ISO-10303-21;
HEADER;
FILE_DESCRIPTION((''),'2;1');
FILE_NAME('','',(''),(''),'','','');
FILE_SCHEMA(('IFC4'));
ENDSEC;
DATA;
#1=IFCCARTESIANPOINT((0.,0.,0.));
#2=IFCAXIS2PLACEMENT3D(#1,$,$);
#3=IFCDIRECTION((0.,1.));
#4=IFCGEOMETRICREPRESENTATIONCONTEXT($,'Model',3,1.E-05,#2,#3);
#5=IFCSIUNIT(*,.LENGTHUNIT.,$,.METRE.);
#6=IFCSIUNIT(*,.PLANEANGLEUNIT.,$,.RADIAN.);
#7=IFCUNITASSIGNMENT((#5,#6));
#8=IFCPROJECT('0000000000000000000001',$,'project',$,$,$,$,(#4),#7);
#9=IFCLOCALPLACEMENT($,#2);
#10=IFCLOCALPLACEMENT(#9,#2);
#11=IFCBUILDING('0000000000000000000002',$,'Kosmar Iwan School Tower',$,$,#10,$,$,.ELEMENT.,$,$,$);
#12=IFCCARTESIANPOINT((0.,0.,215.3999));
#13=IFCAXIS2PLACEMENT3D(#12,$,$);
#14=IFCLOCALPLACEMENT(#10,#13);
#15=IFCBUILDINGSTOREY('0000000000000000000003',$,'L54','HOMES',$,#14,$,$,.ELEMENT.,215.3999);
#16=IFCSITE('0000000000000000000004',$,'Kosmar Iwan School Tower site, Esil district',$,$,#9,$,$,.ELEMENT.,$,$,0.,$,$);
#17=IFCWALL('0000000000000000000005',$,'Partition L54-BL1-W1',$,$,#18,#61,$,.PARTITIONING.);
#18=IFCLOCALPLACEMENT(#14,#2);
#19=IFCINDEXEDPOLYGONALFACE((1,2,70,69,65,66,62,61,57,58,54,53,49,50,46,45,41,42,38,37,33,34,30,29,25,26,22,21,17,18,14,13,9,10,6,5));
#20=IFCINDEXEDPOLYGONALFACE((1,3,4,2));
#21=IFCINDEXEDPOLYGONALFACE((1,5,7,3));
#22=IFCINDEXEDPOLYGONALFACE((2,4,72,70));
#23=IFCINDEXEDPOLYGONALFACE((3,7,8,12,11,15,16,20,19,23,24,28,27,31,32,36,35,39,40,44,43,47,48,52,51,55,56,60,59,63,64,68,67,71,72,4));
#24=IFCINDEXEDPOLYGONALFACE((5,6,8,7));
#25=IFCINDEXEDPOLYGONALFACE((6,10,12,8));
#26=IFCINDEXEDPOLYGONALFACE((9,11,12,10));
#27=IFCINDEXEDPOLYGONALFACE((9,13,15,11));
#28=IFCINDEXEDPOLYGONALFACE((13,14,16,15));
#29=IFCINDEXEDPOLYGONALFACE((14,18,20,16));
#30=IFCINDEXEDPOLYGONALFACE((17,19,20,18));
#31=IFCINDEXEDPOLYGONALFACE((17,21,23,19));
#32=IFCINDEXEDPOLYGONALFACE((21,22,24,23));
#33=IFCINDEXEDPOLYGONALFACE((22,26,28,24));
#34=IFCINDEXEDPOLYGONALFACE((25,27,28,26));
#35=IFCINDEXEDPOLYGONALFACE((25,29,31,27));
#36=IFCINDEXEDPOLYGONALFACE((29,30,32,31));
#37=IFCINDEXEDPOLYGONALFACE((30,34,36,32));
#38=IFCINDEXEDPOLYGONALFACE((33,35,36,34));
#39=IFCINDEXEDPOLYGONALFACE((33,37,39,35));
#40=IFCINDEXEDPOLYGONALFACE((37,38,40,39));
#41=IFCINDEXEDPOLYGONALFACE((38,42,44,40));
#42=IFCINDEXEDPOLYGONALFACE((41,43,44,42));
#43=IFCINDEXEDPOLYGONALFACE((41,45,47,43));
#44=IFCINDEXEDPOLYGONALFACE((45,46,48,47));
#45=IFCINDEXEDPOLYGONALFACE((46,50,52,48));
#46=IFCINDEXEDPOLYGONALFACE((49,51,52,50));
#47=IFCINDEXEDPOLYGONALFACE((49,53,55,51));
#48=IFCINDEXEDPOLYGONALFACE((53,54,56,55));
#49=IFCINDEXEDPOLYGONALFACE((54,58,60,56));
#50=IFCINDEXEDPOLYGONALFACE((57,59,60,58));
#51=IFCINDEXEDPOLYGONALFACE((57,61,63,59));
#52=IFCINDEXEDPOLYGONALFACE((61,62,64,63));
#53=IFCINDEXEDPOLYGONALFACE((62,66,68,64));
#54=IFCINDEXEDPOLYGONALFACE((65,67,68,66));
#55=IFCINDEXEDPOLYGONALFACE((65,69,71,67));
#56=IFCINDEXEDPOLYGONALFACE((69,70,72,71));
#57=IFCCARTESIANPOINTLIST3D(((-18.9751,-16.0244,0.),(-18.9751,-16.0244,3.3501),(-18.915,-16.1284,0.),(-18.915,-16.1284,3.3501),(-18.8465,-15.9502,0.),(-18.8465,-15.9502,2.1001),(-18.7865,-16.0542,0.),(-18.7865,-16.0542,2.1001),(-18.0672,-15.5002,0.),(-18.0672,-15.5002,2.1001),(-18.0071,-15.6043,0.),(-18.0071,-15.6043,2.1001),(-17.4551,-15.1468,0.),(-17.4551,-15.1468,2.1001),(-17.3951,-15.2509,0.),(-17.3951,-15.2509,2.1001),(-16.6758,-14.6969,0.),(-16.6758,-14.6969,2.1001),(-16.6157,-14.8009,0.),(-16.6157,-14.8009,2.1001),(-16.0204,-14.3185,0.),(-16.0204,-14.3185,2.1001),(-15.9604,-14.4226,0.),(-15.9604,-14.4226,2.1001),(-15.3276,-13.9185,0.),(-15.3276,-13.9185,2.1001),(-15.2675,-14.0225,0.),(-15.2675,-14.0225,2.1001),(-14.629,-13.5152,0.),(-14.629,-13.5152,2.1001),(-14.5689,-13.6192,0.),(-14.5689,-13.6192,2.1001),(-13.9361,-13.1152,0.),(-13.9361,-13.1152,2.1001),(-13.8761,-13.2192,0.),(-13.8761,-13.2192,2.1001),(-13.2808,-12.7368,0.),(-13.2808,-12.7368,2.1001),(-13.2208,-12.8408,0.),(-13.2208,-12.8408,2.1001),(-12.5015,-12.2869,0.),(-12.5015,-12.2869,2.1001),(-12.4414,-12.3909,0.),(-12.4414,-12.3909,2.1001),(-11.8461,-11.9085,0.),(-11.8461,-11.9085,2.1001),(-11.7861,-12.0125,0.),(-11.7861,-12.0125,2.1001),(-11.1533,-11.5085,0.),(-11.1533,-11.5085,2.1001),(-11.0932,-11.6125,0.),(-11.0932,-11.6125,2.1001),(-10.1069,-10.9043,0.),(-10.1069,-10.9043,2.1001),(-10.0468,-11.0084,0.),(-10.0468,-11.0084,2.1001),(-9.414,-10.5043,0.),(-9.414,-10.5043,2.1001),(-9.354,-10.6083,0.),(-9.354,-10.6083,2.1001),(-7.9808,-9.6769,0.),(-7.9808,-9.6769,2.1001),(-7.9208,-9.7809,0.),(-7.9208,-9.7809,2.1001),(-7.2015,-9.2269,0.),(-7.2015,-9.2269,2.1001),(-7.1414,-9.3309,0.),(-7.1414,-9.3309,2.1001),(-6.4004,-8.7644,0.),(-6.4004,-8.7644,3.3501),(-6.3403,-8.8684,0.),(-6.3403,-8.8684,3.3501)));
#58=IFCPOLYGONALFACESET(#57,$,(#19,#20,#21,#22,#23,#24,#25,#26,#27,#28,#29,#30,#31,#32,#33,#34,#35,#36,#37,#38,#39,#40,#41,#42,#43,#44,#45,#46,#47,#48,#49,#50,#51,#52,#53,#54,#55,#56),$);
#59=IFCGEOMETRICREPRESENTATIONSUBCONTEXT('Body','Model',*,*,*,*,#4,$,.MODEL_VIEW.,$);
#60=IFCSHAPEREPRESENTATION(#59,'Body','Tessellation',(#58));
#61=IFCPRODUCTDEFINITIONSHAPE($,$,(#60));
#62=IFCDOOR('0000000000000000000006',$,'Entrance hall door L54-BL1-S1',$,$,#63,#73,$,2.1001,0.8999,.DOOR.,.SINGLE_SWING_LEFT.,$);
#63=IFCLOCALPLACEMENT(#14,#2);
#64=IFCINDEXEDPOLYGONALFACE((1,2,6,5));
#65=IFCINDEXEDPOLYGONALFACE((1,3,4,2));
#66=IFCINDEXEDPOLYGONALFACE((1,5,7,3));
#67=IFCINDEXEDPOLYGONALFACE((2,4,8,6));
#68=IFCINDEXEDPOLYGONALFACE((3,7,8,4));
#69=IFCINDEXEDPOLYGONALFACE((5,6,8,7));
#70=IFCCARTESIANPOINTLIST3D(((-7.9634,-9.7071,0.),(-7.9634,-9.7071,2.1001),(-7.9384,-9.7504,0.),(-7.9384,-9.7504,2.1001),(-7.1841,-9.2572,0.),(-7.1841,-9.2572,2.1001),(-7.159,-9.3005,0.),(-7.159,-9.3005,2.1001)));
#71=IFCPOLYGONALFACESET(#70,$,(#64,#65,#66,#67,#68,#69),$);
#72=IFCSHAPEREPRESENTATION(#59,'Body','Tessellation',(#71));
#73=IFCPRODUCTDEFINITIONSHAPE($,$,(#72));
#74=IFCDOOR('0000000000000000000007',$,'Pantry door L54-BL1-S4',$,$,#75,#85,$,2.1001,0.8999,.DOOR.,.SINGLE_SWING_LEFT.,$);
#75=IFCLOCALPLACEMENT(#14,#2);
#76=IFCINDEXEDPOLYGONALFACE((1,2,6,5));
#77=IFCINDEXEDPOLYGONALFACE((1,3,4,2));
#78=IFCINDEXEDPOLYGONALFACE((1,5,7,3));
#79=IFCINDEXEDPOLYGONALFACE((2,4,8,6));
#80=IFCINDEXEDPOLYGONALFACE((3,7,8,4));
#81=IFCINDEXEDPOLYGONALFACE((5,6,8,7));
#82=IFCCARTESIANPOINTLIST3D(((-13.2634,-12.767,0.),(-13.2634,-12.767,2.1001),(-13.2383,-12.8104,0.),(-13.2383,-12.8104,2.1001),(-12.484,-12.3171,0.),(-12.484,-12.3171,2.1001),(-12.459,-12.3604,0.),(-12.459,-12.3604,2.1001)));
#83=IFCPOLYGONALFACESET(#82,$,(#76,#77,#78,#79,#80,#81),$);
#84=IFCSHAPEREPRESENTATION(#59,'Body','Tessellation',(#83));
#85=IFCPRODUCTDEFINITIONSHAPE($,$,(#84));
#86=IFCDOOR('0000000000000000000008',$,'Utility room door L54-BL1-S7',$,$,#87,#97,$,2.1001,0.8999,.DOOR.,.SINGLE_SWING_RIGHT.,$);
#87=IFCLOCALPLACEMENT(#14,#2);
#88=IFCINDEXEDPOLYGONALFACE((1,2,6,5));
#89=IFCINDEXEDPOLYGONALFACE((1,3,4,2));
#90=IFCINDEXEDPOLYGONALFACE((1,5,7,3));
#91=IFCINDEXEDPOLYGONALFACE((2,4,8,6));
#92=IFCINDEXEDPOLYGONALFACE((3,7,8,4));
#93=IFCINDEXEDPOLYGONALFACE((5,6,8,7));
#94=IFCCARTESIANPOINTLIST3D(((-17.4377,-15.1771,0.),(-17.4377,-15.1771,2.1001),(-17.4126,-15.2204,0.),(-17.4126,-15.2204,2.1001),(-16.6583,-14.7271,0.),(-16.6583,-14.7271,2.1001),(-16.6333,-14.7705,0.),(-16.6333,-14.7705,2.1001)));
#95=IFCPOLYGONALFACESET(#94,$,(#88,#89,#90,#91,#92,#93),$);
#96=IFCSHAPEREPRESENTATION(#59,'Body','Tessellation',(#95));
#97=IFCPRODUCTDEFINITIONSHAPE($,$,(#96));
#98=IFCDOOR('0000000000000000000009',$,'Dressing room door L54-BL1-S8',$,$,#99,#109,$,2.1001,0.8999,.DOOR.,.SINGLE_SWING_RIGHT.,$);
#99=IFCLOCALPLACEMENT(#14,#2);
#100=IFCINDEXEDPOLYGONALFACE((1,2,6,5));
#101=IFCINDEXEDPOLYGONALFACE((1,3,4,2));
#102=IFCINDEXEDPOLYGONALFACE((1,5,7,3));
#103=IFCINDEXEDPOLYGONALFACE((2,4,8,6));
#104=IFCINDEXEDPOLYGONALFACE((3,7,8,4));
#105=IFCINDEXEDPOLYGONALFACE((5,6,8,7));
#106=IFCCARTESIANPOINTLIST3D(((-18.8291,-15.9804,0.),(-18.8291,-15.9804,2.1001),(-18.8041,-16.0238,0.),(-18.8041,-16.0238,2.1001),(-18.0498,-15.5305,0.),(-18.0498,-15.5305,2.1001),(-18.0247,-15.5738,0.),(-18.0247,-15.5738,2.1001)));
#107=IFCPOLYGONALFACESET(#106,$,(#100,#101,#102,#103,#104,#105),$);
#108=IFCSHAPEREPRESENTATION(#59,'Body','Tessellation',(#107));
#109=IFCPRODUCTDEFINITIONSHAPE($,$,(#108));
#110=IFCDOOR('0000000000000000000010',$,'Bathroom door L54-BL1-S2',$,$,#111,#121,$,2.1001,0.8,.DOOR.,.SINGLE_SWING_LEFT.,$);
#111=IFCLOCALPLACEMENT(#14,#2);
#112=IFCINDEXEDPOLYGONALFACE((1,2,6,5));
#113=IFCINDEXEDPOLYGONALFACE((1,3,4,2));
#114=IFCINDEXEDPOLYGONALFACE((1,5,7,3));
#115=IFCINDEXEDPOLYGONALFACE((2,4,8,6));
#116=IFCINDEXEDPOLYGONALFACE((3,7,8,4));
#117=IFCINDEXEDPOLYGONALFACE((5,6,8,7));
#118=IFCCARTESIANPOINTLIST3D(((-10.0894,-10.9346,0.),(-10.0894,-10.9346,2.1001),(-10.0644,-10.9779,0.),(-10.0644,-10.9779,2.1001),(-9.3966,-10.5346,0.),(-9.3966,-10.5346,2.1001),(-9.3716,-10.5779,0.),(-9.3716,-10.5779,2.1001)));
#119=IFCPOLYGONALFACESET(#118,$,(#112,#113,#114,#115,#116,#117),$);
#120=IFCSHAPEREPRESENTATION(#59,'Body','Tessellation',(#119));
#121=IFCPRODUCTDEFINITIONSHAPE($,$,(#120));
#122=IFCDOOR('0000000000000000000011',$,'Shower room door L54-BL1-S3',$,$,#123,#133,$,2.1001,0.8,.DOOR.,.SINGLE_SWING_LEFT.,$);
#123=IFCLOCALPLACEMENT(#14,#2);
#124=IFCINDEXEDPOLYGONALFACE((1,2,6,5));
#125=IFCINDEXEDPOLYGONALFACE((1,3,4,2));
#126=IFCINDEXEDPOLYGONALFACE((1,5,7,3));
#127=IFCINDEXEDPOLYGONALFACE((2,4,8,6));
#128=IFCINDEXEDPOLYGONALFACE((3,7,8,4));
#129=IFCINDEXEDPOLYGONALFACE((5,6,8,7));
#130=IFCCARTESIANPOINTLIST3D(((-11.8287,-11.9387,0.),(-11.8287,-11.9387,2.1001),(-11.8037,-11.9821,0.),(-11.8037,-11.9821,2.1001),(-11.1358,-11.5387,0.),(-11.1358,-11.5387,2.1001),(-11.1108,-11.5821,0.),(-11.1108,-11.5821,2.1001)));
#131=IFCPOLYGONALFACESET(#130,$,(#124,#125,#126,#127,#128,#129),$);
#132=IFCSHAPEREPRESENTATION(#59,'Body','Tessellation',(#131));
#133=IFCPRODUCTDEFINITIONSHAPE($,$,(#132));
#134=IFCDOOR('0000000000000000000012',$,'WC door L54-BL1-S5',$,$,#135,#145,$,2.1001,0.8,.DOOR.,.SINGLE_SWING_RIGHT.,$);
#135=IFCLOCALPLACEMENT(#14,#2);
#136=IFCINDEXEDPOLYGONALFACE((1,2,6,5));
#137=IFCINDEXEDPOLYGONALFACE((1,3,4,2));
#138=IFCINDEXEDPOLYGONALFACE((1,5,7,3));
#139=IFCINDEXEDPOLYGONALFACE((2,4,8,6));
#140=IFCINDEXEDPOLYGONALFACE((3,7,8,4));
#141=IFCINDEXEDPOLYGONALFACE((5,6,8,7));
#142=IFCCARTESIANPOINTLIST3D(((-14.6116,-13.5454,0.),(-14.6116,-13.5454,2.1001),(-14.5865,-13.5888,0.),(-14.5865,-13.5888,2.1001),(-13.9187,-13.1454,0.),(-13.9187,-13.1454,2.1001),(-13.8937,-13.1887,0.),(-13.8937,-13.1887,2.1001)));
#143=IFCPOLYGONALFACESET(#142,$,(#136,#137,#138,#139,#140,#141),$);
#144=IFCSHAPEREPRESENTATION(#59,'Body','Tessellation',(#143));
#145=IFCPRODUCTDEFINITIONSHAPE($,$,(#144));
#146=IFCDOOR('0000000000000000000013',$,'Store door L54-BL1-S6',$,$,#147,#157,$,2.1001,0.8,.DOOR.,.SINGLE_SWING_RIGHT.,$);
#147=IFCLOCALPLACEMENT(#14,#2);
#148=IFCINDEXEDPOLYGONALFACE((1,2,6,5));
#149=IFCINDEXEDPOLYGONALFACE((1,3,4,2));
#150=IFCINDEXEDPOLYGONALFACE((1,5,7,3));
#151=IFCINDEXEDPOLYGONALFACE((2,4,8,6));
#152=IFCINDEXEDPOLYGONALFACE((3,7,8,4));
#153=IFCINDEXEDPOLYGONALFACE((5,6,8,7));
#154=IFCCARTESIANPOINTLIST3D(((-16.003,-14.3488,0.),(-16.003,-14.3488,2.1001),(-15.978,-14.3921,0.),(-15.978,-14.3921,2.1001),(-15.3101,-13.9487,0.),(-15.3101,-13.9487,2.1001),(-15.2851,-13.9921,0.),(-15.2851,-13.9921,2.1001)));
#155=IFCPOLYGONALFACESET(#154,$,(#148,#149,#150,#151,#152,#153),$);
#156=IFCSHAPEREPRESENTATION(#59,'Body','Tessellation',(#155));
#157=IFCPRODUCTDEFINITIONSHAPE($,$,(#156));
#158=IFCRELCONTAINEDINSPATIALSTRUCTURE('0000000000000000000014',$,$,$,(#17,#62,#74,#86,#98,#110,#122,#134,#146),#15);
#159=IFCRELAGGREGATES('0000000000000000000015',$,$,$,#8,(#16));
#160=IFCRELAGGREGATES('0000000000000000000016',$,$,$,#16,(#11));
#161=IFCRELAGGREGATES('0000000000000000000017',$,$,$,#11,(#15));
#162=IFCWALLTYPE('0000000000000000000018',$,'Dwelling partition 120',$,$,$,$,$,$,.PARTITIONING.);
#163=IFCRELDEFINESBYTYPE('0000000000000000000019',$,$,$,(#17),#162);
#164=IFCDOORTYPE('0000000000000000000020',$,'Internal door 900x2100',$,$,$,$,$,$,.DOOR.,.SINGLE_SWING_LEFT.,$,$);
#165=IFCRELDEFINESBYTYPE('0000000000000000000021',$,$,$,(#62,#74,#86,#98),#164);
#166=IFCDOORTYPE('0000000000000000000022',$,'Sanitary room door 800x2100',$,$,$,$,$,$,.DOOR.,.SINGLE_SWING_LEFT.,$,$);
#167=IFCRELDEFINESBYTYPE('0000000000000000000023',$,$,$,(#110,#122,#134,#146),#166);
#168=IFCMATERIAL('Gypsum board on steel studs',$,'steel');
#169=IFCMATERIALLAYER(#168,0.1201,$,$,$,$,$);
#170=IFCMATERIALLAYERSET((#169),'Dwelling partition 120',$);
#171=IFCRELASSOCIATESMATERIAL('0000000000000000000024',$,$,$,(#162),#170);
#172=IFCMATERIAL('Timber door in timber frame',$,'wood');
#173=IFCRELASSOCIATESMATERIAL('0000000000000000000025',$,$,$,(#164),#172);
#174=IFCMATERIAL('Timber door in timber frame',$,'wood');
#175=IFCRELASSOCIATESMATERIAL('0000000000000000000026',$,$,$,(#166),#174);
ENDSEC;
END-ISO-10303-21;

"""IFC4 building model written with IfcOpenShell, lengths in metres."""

from ifc_helpers import new_model, si_unit, direction, frame, frame_2d, origin, place, context, subcontext, project, spatial, rectangle, extrude, material, layer, layer_set, type_object, element, fill, save


model = new_model("IFC4")

# Units and contexts
model_context = context("Model", 3, precision=1e-05, world=origin(), true_north=direction((0.0, 1.0)))
body_context = subcontext(model_context, "Body", "Model", "MODEL_VIEW")
ifc_project = project(units=[si_unit("LENGTHUNIT", "METRE"), si_unit("PLANEANGLEUNIT", "RADIAN")], contexts=[model_context])

# Site, building, storey
site_placement = place(None, origin())
site = spatial("IfcSite", under=ifc_project, at=site_placement, Name="Kosmar Iwan School Tower site, Esil district", CompositionType="ELEMENT", RefElevation=0.0)
building_placement = place(site_placement, origin())
building = spatial("IfcBuilding", under=site, at=building_placement, Name="Kosmar Iwan School Tower", CompositionType="ELEMENT")
storey_placement = place(building_placement, frame((0.0, 0.0, 215.3999)))
storey = spatial("IfcBuildingStorey", under=building, at=storey_placement, Name="L54", Description="HOMES", CompositionType="ELEMENT", Elevation=215.3999)

# Wall, openings, doors
ifc_material_1 = material(Name="Gypsum board on steel studs", Category="steel")
ifc_layer_1 = layer(ifc_material_1, 0.1201)
ifc_layer_set_1 = layer_set([ifc_layer_1], Name="Dwelling partition 120")
wall_type_1 = type_object("IfcWallType", Name="Dwelling partition 120", PredefinedType="PARTITIONING", material=ifc_layer_set_1)
wall_1_placement = place(storey_placement, frame((-6.3704, -8.8164, 0.0), z_axis=(0.0, 0.0, 1.0), x_axis=(-0.866025, -0.5, 0.0)))
wall_1 = element("IfcWall", 1, at=wall_1_placement, inside=storey, type_object=wall_type_1, Name="Partition L54-BL1-W1", PredefinedType="PARTITIONING", context=body_context, shape_type="SweptSolid", body=[
    extrude(rectangle(XDim=14.52, YDim=0.1201, at=frame_2d((7.26, 0.0))), origin(), (0.0, 0.0, 1.0), 3.3501),
])
opening_1_placement = place(wall_1_placement, frame((0.925, 0.0, 0.0)))
opening_1 = element("IfcOpeningElement", 2, at=opening_1_placement, cuts=wall_1, PredefinedType="OPENING", context=body_context, shape_type="SweptSolid", body=[
    extrude(rectangle(XDim=0.8999, YDim=2.1001, at=frame_2d((0.45, 1.05))), frame((0.0, 0.072, 0.0), z_axis=(0.0, -1.0, 0.0), x_axis=(1.0, 0.0, 0.0)), (0.0, 0.0, 1.0), 0.144),
])
opening_2_placement = place(wall_1_placement, frame((3.48, 0.0, 0.0)))
opening_2 = element("IfcOpeningElement", 3, at=opening_2_placement, cuts=wall_1, PredefinedType="OPENING", context=body_context, shape_type="SweptSolid", body=[
    extrude(rectangle(XDim=0.8, YDim=2.1001, at=frame_2d((0.3999, 1.05))), frame((0.0, 0.072, 0.0), z_axis=(0.0, -1.0, 0.0), x_axis=(1.0, 0.0, 0.0)), (0.0, 0.0, 1.0), 0.144),
])
opening_3_placement = place(wall_1_placement, frame((5.4883, 0.0, 0.0)))
opening_3 = element("IfcOpeningElement", 4, at=opening_3_placement, cuts=wall_1, PredefinedType="OPENING", context=body_context, shape_type="SweptSolid", body=[
    extrude(rectangle(XDim=0.8, YDim=2.1001, at=frame_2d((0.3999, 1.05))), frame((0.0, 0.072, 0.0), z_axis=(0.0, -1.0, 0.0), x_axis=(1.0, 0.0, 0.0)), (0.0, 0.0, 1.0), 0.144),
])
opening_4_placement = place(wall_1_placement, frame((7.0449, 0.0, 0.0)))
opening_4 = element("IfcOpeningElement", 5, at=opening_4_placement, cuts=wall_1, PredefinedType="OPENING", context=body_context, shape_type="SweptSolid", body=[
    extrude(rectangle(XDim=0.8999, YDim=2.1001, at=frame_2d((0.45, 1.05))), frame((0.0, 0.072, 0.0), z_axis=(0.0, -1.0, 0.0), x_axis=(1.0, 0.0, 0.0)), (0.0, 0.0, 1.0), 0.144),
])
opening_5_placement = place(wall_1_placement, frame((8.7017, 0.0, 0.0)))
opening_5 = element("IfcOpeningElement", 6, at=opening_5_placement, cuts=wall_1, PredefinedType="OPENING", context=body_context, shape_type="SweptSolid", body=[
    extrude(rectangle(XDim=0.8, YDim=2.1001, at=frame_2d((0.3999, 1.05))), frame((0.0, 0.072, 0.0), z_axis=(0.0, -1.0, 0.0), x_axis=(1.0, 0.0, 0.0)), (0.0, 0.0, 1.0), 0.144),
])
opening_6_placement = place(wall_1_placement, frame((10.3083, 0.0, 0.0)))
opening_6 = element("IfcOpeningElement", 7, at=opening_6_placement, cuts=wall_1, PredefinedType="OPENING", context=body_context, shape_type="SweptSolid", body=[
    extrude(rectangle(XDim=0.8, YDim=2.1001, at=frame_2d((0.3999, 1.05))), frame((0.0, 0.072, 0.0), z_axis=(0.0, -1.0, 0.0), x_axis=(1.0, 0.0, 0.0)), (0.0, 0.0, 1.0), 0.144),
])
opening_7_placement = place(wall_1_placement, frame((11.865, 0.0, 0.0)))
opening_7 = element("IfcOpeningElement", 8, at=opening_7_placement, cuts=wall_1, PredefinedType="OPENING", context=body_context, shape_type="SweptSolid", body=[
    extrude(rectangle(XDim=0.8999, YDim=2.1001, at=frame_2d((0.45, 1.05))), frame((0.0, 0.072, 0.0), z_axis=(0.0, -1.0, 0.0), x_axis=(1.0, 0.0, 0.0)), (0.0, 0.0, 1.0), 0.144),
])
opening_8_placement = place(wall_1_placement, frame((13.4717, 0.0, 0.0)))
opening_8 = element("IfcOpeningElement", 9, at=opening_8_placement, cuts=wall_1, PredefinedType="OPENING", context=body_context, shape_type="SweptSolid", body=[
    extrude(rectangle(XDim=0.8999, YDim=2.1001, at=frame_2d((0.45, 1.05))), frame((0.0, 0.072, 0.0), z_axis=(0.0, -1.0, 0.0), x_axis=(1.0, 0.0, 0.0)), (0.0, 0.0, 1.0), 0.144),
])
ifc_material_2 = material(Name="Timber door in timber frame", Category="wood")
door_type_1 = type_object("IfcDoorType", Name="Internal door 900x2100", OperationType="SINGLE_SWING_LEFT", PredefinedType="DOOR", material=ifc_material_2)
door_1_placement = place(opening_1_placement, origin())
door_1 = element("IfcDoor", 10, at=door_1_placement, inside=storey, type_object=door_type_1, Name="Entrance hall door L54-BL1-S1", OperationType="SINGLE_SWING_LEFT", OverallHeight=2.1001, OverallWidth=0.8999, PredefinedType="DOOR", context=body_context, shape_type="SweptSolid", body=[
    extrude(rectangle(XDim=0.8999, YDim=2.1001, at=frame_2d((0.45, 1.05))), frame((0.0, 0.0249, 0.0), z_axis=(0.0, -1.0, 0.0), x_axis=(1.0, 0.0, 0.0)), (0.0, 0.0, 1.0), 0.05),
])
fill(opening_1, door_1)
door_2_placement = place(opening_4_placement, origin())
door_2 = element("IfcDoor", 11, at=door_2_placement, inside=storey, type_object=door_type_1, Name="Pantry door L54-BL1-S4", OperationType="SINGLE_SWING_LEFT", OverallHeight=2.1001, OverallWidth=0.8999, PredefinedType="DOOR", context=body_context, shape_type="SweptSolid", body=[
    extrude(rectangle(XDim=0.8999, YDim=2.1001, at=frame_2d((0.45, 1.05))), frame((0.0, 0.0249, 0.0), z_axis=(0.0, -1.0, 0.0), x_axis=(1.0, 0.0, 0.0)), (0.0, 0.0, 1.0), 0.05),
])
fill(opening_4, door_2)
door_3_placement = place(opening_7_placement, origin())
door_3 = element("IfcDoor", 12, at=door_3_placement, inside=storey, type_object=door_type_1, Name="Utility room door L54-BL1-S7", OperationType="SINGLE_SWING_RIGHT", OverallHeight=2.1001, OverallWidth=0.8999, PredefinedType="DOOR", context=body_context, shape_type="SweptSolid", body=[
    extrude(rectangle(XDim=0.8999, YDim=2.1001, at=frame_2d((0.45, 1.05))), frame((0.0, 0.0249, 0.0), z_axis=(0.0, -1.0, 0.0), x_axis=(1.0, 0.0, 0.0)), (0.0, 0.0, 1.0), 0.05),
])
fill(opening_7, door_3)
door_4_placement = place(opening_8_placement, origin())
door_4 = element("IfcDoor", 13, at=door_4_placement, inside=storey, type_object=door_type_1, Name="Dressing room door L54-BL1-S8", OperationType="SINGLE_SWING_RIGHT", OverallHeight=2.1001, OverallWidth=0.8999, PredefinedType="DOOR", context=body_context, shape_type="SweptSolid", body=[
    extrude(rectangle(XDim=0.8999, YDim=2.1001, at=frame_2d((0.45, 1.05))), frame((0.0, 0.0249, 0.0), z_axis=(0.0, -1.0, 0.0), x_axis=(1.0, 0.0, 0.0)), (0.0, 0.0, 1.0), 0.05),
])
fill(opening_8, door_4)
ifc_material_3 = material(Name="Timber door in timber frame", Category="wood")
door_type_2 = type_object("IfcDoorType", Name="Sanitary room door 800x2100", OperationType="SINGLE_SWING_LEFT", PredefinedType="DOOR", material=ifc_material_3)
door_5_placement = place(opening_2_placement, origin())
door_5 = element("IfcDoor", 14, at=door_5_placement, inside=storey, type_object=door_type_2, Name="Bathroom door L54-BL1-S2", OperationType="SINGLE_SWING_LEFT", OverallHeight=2.1001, OverallWidth=0.8, PredefinedType="DOOR", context=body_context, shape_type="SweptSolid", body=[
    extrude(rectangle(XDim=0.8, YDim=2.1001, at=frame_2d((0.3999, 1.05))), frame((0.0, 0.0249, 0.0), z_axis=(0.0, -1.0, 0.0), x_axis=(1.0, 0.0, 0.0)), (0.0, 0.0, 1.0), 0.05),
])
fill(opening_2, door_5)
door_6_placement = place(opening_3_placement, origin())
door_6 = element("IfcDoor", 15, at=door_6_placement, inside=storey, type_object=door_type_2, Name="Shower room door L54-BL1-S3", OperationType="SINGLE_SWING_LEFT", OverallHeight=2.1001, OverallWidth=0.8, PredefinedType="DOOR", context=body_context, shape_type="SweptSolid", body=[
    extrude(rectangle(XDim=0.8, YDim=2.1001, at=frame_2d((0.3999, 1.05))), frame((0.0, 0.0249, 0.0), z_axis=(0.0, -1.0, 0.0), x_axis=(1.0, 0.0, 0.0)), (0.0, 0.0, 1.0), 0.05),
])
fill(opening_3, door_6)
door_7_placement = place(opening_5_placement, origin())
door_7 = element("IfcDoor", 16, at=door_7_placement, inside=storey, type_object=door_type_2, Name="WC door L54-BL1-S5", OperationType="SINGLE_SWING_RIGHT", OverallHeight=2.1001, OverallWidth=0.8, PredefinedType="DOOR", context=body_context, shape_type="SweptSolid", body=[
    extrude(rectangle(XDim=0.8, YDim=2.1001, at=frame_2d((0.3999, 1.05))), frame((0.0, 0.0249, 0.0), z_axis=(0.0, -1.0, 0.0), x_axis=(1.0, 0.0, 0.0)), (0.0, 0.0, 1.0), 0.05),
])
fill(opening_5, door_7)
door_8_placement = place(opening_6_placement, origin())
door_8 = element("IfcDoor", 17, at=door_8_placement, inside=storey, type_object=door_type_2, Name="Store door L54-BL1-S6", OperationType="SINGLE_SWING_RIGHT", OverallHeight=2.1001, OverallWidth=0.8, PredefinedType="DOOR", context=body_context, shape_type="SweptSolid", body=[
    extrude(rectangle(XDim=0.8, YDim=2.1001, at=frame_2d((0.3999, 1.05))), frame((0.0, 0.0249, 0.0), z_axis=(0.0, -1.0, 0.0), x_axis=(1.0, 0.0, 0.0)), (0.0, 0.0, 1.0), 0.05),
])
fill(opening_6, door_8)

save(model, "model.ifc")
